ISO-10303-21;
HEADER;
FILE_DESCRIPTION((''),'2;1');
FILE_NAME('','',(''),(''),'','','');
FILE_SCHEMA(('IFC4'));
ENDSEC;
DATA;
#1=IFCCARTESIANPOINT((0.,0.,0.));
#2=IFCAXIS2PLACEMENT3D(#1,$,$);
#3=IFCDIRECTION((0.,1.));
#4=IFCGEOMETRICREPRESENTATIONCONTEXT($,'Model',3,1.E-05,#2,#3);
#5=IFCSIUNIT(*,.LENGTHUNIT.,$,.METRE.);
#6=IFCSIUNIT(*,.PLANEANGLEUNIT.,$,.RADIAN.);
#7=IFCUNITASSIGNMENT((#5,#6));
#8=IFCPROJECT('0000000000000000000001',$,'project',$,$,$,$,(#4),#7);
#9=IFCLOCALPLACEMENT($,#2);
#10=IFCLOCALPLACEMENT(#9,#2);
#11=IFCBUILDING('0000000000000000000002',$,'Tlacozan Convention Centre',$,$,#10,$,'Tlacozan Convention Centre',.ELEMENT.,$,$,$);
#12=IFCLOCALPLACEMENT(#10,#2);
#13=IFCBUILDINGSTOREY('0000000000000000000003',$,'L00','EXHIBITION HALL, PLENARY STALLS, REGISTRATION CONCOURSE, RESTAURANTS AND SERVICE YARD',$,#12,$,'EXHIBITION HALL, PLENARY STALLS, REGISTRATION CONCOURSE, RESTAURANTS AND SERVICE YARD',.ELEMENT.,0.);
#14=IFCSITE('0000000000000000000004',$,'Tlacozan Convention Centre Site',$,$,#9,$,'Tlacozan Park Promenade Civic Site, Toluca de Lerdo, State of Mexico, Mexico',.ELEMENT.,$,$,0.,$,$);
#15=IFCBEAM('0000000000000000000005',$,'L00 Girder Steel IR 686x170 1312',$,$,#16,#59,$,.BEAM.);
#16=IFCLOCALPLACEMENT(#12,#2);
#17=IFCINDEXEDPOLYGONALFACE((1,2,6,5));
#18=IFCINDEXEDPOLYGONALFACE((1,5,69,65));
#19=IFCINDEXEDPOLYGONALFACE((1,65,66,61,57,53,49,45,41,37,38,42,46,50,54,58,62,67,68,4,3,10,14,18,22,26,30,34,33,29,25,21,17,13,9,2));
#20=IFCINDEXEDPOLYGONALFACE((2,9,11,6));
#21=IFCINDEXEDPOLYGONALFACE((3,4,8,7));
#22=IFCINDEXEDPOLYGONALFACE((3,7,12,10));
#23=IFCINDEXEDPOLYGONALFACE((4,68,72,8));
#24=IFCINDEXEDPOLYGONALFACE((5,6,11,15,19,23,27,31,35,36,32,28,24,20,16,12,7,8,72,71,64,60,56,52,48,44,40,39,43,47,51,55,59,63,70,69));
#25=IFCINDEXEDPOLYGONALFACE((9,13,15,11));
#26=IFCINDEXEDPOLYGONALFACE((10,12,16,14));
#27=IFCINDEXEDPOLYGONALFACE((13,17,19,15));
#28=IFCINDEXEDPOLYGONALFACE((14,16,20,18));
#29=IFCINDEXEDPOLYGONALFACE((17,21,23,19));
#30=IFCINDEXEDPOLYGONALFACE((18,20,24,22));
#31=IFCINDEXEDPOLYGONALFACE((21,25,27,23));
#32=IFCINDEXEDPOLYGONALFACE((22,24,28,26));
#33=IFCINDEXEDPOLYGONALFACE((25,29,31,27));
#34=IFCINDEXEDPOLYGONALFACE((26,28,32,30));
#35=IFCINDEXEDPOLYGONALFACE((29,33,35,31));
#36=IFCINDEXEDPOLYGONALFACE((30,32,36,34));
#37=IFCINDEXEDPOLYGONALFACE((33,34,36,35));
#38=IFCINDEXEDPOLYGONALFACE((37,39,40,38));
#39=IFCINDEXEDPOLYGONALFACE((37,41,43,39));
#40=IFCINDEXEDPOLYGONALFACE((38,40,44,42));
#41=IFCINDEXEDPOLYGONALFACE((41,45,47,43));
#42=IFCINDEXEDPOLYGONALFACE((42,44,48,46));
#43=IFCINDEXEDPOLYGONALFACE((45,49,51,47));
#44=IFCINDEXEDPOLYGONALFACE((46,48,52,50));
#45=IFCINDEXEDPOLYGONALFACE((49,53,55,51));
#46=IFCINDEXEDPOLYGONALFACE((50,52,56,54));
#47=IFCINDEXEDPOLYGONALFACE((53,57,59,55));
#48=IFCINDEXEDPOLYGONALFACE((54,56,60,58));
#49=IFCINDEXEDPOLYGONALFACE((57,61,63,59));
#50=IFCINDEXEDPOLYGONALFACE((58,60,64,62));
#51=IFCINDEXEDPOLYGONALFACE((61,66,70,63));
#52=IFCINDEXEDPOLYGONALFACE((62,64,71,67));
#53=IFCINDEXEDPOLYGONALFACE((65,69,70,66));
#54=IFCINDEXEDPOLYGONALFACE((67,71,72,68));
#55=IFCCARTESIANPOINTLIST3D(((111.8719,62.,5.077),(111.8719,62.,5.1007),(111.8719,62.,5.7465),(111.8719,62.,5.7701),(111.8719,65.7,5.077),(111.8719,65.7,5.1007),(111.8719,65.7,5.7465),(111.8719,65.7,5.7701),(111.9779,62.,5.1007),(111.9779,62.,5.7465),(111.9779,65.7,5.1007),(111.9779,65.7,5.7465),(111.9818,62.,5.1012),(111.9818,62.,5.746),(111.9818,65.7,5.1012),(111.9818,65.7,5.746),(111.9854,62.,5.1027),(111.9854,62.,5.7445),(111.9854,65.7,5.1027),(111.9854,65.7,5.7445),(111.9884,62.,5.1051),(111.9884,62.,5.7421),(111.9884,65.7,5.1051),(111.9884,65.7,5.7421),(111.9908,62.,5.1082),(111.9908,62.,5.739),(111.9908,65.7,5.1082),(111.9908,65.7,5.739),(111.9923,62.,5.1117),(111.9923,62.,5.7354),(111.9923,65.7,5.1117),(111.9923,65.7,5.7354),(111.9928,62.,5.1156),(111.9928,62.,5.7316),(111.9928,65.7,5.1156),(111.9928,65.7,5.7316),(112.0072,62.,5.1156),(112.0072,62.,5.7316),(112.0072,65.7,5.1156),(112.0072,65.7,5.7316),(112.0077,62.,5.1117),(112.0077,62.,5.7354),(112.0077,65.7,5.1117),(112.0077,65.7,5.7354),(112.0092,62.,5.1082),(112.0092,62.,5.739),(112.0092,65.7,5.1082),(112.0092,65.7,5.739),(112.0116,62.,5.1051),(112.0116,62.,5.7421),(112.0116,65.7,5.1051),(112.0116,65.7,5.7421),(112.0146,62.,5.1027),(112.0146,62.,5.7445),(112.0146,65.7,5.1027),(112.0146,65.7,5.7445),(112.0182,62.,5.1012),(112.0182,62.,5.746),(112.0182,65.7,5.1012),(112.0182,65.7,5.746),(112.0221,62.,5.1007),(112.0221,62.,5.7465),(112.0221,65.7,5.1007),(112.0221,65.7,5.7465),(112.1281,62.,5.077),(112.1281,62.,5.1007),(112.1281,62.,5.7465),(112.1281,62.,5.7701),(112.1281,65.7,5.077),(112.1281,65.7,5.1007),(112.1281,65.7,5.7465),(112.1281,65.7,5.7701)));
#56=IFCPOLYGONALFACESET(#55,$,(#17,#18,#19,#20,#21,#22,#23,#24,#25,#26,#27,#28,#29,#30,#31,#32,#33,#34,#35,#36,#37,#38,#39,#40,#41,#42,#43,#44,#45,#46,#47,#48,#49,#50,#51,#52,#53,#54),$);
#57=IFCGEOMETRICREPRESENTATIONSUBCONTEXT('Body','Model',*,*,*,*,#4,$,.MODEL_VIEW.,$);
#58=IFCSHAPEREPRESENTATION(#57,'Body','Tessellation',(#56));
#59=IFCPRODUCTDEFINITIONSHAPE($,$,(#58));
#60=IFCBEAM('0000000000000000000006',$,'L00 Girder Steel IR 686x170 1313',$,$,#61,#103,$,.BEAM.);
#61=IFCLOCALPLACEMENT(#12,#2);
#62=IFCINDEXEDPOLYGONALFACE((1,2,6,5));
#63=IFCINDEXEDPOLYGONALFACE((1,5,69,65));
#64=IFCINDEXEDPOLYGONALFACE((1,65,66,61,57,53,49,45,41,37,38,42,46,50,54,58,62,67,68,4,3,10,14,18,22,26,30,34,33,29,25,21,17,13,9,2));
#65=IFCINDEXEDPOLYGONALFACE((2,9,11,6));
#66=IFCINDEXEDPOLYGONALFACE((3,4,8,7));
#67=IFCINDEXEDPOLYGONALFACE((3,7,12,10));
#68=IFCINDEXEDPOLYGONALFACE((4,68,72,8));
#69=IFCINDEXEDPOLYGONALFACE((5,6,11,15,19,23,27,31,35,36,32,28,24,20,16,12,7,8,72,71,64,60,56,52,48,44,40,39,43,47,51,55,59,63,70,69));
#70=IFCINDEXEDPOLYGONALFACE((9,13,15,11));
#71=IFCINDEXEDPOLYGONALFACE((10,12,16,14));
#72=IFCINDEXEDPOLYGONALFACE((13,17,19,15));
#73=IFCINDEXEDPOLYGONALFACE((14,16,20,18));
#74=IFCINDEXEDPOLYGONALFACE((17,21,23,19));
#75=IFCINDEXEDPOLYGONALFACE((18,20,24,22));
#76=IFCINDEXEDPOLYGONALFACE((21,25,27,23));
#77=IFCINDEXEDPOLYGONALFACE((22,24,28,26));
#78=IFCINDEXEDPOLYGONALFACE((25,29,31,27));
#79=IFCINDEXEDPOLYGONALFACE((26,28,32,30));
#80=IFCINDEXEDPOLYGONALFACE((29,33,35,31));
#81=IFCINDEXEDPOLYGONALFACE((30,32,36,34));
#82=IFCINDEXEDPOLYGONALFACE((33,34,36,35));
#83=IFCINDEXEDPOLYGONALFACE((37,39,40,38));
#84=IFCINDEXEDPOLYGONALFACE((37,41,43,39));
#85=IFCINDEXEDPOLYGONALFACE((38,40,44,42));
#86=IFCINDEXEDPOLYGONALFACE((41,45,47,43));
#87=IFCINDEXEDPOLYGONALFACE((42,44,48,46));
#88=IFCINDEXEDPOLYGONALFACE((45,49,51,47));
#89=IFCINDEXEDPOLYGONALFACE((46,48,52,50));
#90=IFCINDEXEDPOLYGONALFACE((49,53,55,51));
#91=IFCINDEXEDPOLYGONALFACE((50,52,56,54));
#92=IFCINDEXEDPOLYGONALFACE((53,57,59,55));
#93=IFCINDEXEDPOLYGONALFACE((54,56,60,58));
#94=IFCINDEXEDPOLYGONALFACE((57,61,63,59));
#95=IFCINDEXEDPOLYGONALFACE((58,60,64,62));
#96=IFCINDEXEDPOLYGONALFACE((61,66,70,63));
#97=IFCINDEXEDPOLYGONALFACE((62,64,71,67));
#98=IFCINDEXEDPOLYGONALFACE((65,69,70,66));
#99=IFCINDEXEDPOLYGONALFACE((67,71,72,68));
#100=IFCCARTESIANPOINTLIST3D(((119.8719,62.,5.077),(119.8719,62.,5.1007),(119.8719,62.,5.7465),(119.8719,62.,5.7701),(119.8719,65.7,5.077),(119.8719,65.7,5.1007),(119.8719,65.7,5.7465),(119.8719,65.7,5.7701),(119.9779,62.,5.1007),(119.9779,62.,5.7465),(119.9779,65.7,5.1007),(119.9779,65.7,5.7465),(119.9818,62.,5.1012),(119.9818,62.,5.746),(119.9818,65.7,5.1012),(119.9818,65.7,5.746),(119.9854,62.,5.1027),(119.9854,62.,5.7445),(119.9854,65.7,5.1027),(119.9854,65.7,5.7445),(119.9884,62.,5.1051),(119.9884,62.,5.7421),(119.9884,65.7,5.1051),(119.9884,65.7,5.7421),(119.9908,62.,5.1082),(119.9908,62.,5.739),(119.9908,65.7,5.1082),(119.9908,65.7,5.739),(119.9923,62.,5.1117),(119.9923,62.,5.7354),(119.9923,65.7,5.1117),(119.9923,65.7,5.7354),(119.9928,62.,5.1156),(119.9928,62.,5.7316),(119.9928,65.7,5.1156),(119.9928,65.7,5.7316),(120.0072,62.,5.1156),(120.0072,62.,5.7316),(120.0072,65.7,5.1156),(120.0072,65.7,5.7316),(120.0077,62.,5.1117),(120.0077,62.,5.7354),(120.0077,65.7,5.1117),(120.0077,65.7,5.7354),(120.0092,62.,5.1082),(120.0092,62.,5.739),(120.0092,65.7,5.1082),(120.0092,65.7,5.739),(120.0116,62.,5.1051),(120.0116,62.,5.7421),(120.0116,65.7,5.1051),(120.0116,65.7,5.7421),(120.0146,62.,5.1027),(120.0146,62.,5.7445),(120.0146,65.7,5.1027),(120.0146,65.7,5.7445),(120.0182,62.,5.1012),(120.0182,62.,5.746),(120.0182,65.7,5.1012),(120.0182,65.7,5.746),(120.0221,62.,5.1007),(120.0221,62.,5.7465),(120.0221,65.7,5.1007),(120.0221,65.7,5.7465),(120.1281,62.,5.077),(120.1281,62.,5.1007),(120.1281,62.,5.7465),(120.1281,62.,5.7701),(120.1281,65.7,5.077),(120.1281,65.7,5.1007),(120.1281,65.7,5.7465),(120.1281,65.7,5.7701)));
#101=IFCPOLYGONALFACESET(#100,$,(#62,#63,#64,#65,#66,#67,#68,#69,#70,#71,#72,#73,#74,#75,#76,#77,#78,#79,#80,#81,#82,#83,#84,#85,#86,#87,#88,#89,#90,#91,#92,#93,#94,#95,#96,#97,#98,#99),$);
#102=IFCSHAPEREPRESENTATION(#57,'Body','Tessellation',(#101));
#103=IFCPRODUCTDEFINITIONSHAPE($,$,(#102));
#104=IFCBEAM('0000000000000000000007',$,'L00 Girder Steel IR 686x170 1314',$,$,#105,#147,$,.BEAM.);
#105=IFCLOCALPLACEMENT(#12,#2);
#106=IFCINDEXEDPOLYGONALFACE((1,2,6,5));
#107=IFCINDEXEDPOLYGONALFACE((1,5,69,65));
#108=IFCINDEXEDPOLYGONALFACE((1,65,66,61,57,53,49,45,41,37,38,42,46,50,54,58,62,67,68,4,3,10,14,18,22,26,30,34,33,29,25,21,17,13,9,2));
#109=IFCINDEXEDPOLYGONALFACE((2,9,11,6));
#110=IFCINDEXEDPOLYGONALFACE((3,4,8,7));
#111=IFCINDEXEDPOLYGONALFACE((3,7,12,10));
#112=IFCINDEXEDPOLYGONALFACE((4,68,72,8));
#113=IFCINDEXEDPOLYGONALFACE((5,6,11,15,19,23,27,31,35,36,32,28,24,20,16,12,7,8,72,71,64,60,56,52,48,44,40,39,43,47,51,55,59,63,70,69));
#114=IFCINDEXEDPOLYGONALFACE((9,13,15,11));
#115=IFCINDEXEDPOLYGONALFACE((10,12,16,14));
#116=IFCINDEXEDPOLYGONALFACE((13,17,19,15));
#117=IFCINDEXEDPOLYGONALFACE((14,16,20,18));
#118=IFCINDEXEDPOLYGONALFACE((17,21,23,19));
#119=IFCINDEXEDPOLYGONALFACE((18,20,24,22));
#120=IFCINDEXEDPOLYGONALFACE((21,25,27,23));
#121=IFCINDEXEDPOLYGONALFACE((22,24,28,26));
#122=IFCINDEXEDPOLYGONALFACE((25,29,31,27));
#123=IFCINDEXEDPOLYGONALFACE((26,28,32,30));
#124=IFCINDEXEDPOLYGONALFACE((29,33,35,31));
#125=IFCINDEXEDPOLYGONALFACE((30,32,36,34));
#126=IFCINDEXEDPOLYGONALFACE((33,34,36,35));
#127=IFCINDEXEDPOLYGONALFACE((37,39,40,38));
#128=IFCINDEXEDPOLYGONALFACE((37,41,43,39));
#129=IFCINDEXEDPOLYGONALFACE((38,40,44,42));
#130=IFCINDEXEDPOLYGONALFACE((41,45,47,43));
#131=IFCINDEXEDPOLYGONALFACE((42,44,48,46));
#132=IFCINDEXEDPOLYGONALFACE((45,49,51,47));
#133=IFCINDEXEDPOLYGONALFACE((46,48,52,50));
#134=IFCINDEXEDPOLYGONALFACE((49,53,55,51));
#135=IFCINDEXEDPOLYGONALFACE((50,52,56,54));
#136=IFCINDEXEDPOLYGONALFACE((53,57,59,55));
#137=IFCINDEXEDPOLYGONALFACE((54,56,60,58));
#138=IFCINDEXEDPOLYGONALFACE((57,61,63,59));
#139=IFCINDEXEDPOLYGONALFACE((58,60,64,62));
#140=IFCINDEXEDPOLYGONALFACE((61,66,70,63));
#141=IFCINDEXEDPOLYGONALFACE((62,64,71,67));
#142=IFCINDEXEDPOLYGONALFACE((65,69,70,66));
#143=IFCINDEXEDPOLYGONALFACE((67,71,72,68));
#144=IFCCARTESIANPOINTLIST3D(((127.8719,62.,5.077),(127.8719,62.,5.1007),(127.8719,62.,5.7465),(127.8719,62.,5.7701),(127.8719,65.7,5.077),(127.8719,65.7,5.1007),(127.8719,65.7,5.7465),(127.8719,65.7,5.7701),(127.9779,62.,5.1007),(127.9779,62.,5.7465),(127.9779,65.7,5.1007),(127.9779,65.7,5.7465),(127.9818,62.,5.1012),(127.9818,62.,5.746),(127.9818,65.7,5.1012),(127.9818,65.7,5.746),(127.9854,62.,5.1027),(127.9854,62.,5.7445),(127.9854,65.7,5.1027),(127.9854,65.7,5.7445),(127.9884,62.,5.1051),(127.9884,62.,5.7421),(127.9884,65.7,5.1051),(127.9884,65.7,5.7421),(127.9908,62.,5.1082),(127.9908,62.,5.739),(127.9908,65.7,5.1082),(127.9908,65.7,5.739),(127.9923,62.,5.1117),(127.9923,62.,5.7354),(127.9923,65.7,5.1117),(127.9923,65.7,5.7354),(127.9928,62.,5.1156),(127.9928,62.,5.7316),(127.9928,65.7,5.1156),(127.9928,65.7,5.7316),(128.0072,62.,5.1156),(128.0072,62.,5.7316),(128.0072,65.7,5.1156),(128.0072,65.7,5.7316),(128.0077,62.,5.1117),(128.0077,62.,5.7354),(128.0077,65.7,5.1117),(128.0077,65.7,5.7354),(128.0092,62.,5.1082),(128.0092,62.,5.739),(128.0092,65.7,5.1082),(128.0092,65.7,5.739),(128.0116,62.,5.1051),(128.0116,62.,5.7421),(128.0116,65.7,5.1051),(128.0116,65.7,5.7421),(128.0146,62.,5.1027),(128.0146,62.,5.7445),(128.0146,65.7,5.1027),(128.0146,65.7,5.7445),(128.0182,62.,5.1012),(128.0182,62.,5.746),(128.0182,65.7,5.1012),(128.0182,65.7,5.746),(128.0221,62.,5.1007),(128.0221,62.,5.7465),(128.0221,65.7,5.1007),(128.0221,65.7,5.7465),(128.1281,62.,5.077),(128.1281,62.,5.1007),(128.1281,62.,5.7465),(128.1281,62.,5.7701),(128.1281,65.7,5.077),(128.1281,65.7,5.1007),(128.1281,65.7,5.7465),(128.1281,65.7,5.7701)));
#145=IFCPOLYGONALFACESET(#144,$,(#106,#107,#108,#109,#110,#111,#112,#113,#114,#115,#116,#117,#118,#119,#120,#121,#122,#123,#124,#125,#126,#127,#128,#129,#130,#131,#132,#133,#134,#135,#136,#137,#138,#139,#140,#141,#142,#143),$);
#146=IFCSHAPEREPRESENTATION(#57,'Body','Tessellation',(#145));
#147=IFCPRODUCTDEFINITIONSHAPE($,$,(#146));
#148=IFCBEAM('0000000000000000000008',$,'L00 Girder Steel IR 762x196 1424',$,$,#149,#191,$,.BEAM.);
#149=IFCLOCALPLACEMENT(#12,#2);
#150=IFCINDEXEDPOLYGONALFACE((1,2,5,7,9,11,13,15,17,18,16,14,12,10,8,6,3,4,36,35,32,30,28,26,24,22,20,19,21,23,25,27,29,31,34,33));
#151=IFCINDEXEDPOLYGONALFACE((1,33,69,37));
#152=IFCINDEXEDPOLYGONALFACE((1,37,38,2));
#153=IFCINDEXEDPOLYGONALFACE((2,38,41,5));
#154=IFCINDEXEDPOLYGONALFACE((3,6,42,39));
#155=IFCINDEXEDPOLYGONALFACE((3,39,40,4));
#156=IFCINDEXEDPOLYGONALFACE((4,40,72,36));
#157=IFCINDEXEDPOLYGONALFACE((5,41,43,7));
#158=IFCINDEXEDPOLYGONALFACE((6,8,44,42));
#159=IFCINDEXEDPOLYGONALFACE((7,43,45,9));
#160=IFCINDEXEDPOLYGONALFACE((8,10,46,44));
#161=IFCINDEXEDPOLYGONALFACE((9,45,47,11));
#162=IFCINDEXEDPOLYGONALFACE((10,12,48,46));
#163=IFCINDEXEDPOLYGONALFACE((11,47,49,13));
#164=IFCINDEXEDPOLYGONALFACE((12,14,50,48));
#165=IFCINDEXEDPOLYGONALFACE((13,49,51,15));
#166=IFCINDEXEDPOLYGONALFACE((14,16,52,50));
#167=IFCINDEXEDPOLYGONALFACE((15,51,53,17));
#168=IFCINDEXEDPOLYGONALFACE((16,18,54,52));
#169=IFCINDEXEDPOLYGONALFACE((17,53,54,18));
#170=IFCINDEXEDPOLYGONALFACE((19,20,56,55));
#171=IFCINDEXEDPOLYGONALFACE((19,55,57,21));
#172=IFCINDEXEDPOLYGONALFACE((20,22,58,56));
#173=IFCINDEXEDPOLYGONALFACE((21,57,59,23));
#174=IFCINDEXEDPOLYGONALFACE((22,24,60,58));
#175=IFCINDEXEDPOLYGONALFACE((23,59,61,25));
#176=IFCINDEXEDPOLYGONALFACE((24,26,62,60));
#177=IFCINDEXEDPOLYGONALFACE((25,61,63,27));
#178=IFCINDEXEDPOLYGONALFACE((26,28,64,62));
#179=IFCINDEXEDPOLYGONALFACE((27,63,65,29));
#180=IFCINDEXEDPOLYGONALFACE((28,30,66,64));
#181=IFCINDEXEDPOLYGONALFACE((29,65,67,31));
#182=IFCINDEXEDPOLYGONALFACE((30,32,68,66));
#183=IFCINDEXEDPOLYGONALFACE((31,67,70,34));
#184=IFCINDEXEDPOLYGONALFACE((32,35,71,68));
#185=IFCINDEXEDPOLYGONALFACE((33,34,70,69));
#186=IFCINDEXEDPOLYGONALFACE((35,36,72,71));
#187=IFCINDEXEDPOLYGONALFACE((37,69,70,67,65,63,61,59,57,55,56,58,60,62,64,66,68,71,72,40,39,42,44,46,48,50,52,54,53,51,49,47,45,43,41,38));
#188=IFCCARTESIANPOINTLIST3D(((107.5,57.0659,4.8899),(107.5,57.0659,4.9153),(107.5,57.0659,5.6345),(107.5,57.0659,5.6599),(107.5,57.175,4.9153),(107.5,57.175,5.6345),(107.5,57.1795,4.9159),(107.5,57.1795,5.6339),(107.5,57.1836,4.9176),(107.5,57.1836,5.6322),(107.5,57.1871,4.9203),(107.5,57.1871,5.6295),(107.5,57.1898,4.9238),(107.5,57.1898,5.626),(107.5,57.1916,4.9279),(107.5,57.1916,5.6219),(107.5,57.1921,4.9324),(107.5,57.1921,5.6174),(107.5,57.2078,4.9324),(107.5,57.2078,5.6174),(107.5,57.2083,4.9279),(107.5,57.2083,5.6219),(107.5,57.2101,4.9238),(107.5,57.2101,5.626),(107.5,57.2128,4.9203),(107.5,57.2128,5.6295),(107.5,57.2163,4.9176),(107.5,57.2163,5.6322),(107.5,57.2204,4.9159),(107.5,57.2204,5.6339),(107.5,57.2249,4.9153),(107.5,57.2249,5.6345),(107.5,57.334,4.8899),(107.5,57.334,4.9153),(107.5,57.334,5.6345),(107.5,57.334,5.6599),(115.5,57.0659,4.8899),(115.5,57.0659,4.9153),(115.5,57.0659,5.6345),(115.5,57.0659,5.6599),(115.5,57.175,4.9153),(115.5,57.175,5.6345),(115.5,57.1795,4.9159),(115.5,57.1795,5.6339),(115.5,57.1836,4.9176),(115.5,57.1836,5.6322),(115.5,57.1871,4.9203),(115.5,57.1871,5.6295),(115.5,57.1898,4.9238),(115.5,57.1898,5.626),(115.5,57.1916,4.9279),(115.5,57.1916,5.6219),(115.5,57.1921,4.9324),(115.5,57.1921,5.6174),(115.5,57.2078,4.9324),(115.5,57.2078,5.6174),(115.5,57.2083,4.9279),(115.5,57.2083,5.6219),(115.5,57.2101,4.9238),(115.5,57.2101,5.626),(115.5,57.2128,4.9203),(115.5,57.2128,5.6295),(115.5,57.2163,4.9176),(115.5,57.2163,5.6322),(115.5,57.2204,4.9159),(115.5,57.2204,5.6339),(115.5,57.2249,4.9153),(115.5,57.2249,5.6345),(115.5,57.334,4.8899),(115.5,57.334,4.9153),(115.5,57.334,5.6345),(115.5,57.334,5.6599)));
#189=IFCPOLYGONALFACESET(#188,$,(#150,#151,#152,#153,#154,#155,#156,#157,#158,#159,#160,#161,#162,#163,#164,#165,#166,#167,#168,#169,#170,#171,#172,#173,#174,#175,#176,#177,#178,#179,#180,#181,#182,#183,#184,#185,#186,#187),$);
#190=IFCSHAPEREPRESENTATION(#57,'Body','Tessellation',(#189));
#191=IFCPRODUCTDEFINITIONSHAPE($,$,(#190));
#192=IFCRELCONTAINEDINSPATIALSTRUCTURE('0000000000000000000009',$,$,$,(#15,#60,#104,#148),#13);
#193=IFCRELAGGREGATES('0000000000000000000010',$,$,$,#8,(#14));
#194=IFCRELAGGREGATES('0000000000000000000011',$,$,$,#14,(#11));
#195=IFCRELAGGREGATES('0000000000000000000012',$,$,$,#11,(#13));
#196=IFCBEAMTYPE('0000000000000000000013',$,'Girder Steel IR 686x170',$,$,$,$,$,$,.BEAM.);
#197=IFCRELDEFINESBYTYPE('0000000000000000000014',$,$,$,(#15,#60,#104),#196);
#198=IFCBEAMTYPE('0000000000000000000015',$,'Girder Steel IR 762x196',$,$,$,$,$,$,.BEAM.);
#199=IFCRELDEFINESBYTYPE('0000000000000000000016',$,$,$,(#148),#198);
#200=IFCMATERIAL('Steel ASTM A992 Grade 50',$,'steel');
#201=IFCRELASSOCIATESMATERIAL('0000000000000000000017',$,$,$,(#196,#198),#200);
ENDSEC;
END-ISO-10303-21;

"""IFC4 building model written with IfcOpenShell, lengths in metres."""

from ifc_helpers import new_model, si_unit, direction, frame, origin, origin_2d, place, context, subcontext, project, spatial, i_section, extrude, material, material_profile, profile_set, type_object, element, save


model = new_model("IFC4")

# Units and contexts
model_context = context("Model", 3, precision=1e-05, world=origin(), true_north=direction((0.0, 1.0)))
body_context = subcontext(model_context, "Body", "Model", "MODEL_VIEW")
ifc_project = project(units=[si_unit("LENGTHUNIT", "METRE"), si_unit("PLANEANGLEUNIT", "RADIAN")], contexts=[model_context])

# Site, building, storey
site_placement = place(None, origin())
site = spatial("IfcSite", under=ifc_project, at=site_placement, Name="Tlacozan Convention Centre Site", LongName="Tlacozan Park Promenade Civic Site, Toluca de Lerdo, State of Mexico, Mexico", CompositionType="ELEMENT", RefElevation=0.0)
building_placement = place(site_placement, origin())
building = spatial("IfcBuilding", under=site, at=building_placement, Name="Tlacozan Convention Centre", LongName="Tlacozan Convention Centre", CompositionType="ELEMENT")
storey_placement = place(building_placement, origin())
storey = spatial("IfcBuildingStorey", under=building, at=storey_placement, Name="L00", Description="EXHIBITION HALL, PLENARY STALLS, REGISTRATION CONCOURSE, RESTAURANTS AND SERVICE YARD", LongName="EXHIBITION HALL, PLENARY STALLS, REGISTRATION CONCOURSE, RESTAURANTS AND SERVICE YARD", CompositionType="ELEMENT", Elevation=0.0)

# Beams
ifc_material_1 = material(Name="Steel ASTM A992 Grade 50", Category="steel")
ifc_material_profile_1 = material_profile(ifc_material_1, i_section(OverallWidth=0.2561, OverallDepth=0.6931, WebThickness=0.0144, FlangeThickness=0.0237, FilletRadius=0.0149, at=origin_2d()), Name="IR 686x170.0")
ifc_profile_set_1 = profile_set([ifc_material_profile_1], Name="Steel ASTM A992 Grade 50")
beam_type_1 = type_object("IfcBeamType", Name="Girder Steel IR 686x170", PredefinedType="BEAM", material=ifc_profile_set_1)
for number, where, z_axis, x_axis, name in (
    (1, (112.0, 62.0, 5.4236), (0.0, 1.0, 0.0), (-1.0, 0.0, 0.0), "L00 Girder Steel IR 686x170 1312"),
    (2, (120.0, 62.0, 5.4236), (0.0, 1.0, 0.0), (-1.0, 0.0, 0.0), "L00 Girder Steel IR 686x170 1313"),
    (3, (128.0, 62.0, 5.4236), (0.0, 1.0, 0.0), (-1.0, 0.0, 0.0), "L00 Girder Steel IR 686x170 1314"),
):
    element("IfcBeam", number, at=place(storey_placement, frame(where, z_axis=z_axis, x_axis=x_axis)), inside=storey, type_object=beam_type_1, Name=name, PredefinedType="BEAM", context=body_context, shape_type="SweptSolid", body=[
        extrude(i_section(OverallWidth=0.2561, OverallDepth=0.6931, WebThickness=0.0144, FlangeThickness=0.0237, FilletRadius=0.0149, at=origin_2d()), origin(), (0.0, 0.0, 1.0), 3.7),
    ])
ifc_material_profile_2 = material_profile(ifc_material_1, i_section(OverallWidth=0.2681, OverallDepth=0.77, WebThickness=0.0156, FlangeThickness=0.0254, FilletRadius=0.0171, at=origin_2d()), Name="IR 762x196.0")
ifc_profile_set_2 = profile_set([ifc_material_profile_2], Name="Steel ASTM A992 Grade 50")
beam_type_2 = type_object("IfcBeamType", Name="Girder Steel IR 762x196", PredefinedType="BEAM", material=ifc_profile_set_2)
for number, where, z_axis, x_axis, name in (
    (4, (107.5, 57.2, 5.2749), (1.0, 0.0, 0.0), (0.0, 1.0, 0.0), "L00 Girder Steel IR 762x196 1424"),
):
    element("IfcBeam", number, at=place(storey_placement, frame(where, z_axis=z_axis, x_axis=x_axis)), inside=storey, type_object=beam_type_2, Name=name, PredefinedType="BEAM", context=body_context, shape_type="SweptSolid", body=[
        extrude(i_section(OverallWidth=0.2681, OverallDepth=0.77, WebThickness=0.0156, FlangeThickness=0.0254, FilletRadius=0.0171, at=origin_2d()), origin(), (0.0, 0.0, 1.0), 8.0),
    ])

save(model, "model.ifc")
